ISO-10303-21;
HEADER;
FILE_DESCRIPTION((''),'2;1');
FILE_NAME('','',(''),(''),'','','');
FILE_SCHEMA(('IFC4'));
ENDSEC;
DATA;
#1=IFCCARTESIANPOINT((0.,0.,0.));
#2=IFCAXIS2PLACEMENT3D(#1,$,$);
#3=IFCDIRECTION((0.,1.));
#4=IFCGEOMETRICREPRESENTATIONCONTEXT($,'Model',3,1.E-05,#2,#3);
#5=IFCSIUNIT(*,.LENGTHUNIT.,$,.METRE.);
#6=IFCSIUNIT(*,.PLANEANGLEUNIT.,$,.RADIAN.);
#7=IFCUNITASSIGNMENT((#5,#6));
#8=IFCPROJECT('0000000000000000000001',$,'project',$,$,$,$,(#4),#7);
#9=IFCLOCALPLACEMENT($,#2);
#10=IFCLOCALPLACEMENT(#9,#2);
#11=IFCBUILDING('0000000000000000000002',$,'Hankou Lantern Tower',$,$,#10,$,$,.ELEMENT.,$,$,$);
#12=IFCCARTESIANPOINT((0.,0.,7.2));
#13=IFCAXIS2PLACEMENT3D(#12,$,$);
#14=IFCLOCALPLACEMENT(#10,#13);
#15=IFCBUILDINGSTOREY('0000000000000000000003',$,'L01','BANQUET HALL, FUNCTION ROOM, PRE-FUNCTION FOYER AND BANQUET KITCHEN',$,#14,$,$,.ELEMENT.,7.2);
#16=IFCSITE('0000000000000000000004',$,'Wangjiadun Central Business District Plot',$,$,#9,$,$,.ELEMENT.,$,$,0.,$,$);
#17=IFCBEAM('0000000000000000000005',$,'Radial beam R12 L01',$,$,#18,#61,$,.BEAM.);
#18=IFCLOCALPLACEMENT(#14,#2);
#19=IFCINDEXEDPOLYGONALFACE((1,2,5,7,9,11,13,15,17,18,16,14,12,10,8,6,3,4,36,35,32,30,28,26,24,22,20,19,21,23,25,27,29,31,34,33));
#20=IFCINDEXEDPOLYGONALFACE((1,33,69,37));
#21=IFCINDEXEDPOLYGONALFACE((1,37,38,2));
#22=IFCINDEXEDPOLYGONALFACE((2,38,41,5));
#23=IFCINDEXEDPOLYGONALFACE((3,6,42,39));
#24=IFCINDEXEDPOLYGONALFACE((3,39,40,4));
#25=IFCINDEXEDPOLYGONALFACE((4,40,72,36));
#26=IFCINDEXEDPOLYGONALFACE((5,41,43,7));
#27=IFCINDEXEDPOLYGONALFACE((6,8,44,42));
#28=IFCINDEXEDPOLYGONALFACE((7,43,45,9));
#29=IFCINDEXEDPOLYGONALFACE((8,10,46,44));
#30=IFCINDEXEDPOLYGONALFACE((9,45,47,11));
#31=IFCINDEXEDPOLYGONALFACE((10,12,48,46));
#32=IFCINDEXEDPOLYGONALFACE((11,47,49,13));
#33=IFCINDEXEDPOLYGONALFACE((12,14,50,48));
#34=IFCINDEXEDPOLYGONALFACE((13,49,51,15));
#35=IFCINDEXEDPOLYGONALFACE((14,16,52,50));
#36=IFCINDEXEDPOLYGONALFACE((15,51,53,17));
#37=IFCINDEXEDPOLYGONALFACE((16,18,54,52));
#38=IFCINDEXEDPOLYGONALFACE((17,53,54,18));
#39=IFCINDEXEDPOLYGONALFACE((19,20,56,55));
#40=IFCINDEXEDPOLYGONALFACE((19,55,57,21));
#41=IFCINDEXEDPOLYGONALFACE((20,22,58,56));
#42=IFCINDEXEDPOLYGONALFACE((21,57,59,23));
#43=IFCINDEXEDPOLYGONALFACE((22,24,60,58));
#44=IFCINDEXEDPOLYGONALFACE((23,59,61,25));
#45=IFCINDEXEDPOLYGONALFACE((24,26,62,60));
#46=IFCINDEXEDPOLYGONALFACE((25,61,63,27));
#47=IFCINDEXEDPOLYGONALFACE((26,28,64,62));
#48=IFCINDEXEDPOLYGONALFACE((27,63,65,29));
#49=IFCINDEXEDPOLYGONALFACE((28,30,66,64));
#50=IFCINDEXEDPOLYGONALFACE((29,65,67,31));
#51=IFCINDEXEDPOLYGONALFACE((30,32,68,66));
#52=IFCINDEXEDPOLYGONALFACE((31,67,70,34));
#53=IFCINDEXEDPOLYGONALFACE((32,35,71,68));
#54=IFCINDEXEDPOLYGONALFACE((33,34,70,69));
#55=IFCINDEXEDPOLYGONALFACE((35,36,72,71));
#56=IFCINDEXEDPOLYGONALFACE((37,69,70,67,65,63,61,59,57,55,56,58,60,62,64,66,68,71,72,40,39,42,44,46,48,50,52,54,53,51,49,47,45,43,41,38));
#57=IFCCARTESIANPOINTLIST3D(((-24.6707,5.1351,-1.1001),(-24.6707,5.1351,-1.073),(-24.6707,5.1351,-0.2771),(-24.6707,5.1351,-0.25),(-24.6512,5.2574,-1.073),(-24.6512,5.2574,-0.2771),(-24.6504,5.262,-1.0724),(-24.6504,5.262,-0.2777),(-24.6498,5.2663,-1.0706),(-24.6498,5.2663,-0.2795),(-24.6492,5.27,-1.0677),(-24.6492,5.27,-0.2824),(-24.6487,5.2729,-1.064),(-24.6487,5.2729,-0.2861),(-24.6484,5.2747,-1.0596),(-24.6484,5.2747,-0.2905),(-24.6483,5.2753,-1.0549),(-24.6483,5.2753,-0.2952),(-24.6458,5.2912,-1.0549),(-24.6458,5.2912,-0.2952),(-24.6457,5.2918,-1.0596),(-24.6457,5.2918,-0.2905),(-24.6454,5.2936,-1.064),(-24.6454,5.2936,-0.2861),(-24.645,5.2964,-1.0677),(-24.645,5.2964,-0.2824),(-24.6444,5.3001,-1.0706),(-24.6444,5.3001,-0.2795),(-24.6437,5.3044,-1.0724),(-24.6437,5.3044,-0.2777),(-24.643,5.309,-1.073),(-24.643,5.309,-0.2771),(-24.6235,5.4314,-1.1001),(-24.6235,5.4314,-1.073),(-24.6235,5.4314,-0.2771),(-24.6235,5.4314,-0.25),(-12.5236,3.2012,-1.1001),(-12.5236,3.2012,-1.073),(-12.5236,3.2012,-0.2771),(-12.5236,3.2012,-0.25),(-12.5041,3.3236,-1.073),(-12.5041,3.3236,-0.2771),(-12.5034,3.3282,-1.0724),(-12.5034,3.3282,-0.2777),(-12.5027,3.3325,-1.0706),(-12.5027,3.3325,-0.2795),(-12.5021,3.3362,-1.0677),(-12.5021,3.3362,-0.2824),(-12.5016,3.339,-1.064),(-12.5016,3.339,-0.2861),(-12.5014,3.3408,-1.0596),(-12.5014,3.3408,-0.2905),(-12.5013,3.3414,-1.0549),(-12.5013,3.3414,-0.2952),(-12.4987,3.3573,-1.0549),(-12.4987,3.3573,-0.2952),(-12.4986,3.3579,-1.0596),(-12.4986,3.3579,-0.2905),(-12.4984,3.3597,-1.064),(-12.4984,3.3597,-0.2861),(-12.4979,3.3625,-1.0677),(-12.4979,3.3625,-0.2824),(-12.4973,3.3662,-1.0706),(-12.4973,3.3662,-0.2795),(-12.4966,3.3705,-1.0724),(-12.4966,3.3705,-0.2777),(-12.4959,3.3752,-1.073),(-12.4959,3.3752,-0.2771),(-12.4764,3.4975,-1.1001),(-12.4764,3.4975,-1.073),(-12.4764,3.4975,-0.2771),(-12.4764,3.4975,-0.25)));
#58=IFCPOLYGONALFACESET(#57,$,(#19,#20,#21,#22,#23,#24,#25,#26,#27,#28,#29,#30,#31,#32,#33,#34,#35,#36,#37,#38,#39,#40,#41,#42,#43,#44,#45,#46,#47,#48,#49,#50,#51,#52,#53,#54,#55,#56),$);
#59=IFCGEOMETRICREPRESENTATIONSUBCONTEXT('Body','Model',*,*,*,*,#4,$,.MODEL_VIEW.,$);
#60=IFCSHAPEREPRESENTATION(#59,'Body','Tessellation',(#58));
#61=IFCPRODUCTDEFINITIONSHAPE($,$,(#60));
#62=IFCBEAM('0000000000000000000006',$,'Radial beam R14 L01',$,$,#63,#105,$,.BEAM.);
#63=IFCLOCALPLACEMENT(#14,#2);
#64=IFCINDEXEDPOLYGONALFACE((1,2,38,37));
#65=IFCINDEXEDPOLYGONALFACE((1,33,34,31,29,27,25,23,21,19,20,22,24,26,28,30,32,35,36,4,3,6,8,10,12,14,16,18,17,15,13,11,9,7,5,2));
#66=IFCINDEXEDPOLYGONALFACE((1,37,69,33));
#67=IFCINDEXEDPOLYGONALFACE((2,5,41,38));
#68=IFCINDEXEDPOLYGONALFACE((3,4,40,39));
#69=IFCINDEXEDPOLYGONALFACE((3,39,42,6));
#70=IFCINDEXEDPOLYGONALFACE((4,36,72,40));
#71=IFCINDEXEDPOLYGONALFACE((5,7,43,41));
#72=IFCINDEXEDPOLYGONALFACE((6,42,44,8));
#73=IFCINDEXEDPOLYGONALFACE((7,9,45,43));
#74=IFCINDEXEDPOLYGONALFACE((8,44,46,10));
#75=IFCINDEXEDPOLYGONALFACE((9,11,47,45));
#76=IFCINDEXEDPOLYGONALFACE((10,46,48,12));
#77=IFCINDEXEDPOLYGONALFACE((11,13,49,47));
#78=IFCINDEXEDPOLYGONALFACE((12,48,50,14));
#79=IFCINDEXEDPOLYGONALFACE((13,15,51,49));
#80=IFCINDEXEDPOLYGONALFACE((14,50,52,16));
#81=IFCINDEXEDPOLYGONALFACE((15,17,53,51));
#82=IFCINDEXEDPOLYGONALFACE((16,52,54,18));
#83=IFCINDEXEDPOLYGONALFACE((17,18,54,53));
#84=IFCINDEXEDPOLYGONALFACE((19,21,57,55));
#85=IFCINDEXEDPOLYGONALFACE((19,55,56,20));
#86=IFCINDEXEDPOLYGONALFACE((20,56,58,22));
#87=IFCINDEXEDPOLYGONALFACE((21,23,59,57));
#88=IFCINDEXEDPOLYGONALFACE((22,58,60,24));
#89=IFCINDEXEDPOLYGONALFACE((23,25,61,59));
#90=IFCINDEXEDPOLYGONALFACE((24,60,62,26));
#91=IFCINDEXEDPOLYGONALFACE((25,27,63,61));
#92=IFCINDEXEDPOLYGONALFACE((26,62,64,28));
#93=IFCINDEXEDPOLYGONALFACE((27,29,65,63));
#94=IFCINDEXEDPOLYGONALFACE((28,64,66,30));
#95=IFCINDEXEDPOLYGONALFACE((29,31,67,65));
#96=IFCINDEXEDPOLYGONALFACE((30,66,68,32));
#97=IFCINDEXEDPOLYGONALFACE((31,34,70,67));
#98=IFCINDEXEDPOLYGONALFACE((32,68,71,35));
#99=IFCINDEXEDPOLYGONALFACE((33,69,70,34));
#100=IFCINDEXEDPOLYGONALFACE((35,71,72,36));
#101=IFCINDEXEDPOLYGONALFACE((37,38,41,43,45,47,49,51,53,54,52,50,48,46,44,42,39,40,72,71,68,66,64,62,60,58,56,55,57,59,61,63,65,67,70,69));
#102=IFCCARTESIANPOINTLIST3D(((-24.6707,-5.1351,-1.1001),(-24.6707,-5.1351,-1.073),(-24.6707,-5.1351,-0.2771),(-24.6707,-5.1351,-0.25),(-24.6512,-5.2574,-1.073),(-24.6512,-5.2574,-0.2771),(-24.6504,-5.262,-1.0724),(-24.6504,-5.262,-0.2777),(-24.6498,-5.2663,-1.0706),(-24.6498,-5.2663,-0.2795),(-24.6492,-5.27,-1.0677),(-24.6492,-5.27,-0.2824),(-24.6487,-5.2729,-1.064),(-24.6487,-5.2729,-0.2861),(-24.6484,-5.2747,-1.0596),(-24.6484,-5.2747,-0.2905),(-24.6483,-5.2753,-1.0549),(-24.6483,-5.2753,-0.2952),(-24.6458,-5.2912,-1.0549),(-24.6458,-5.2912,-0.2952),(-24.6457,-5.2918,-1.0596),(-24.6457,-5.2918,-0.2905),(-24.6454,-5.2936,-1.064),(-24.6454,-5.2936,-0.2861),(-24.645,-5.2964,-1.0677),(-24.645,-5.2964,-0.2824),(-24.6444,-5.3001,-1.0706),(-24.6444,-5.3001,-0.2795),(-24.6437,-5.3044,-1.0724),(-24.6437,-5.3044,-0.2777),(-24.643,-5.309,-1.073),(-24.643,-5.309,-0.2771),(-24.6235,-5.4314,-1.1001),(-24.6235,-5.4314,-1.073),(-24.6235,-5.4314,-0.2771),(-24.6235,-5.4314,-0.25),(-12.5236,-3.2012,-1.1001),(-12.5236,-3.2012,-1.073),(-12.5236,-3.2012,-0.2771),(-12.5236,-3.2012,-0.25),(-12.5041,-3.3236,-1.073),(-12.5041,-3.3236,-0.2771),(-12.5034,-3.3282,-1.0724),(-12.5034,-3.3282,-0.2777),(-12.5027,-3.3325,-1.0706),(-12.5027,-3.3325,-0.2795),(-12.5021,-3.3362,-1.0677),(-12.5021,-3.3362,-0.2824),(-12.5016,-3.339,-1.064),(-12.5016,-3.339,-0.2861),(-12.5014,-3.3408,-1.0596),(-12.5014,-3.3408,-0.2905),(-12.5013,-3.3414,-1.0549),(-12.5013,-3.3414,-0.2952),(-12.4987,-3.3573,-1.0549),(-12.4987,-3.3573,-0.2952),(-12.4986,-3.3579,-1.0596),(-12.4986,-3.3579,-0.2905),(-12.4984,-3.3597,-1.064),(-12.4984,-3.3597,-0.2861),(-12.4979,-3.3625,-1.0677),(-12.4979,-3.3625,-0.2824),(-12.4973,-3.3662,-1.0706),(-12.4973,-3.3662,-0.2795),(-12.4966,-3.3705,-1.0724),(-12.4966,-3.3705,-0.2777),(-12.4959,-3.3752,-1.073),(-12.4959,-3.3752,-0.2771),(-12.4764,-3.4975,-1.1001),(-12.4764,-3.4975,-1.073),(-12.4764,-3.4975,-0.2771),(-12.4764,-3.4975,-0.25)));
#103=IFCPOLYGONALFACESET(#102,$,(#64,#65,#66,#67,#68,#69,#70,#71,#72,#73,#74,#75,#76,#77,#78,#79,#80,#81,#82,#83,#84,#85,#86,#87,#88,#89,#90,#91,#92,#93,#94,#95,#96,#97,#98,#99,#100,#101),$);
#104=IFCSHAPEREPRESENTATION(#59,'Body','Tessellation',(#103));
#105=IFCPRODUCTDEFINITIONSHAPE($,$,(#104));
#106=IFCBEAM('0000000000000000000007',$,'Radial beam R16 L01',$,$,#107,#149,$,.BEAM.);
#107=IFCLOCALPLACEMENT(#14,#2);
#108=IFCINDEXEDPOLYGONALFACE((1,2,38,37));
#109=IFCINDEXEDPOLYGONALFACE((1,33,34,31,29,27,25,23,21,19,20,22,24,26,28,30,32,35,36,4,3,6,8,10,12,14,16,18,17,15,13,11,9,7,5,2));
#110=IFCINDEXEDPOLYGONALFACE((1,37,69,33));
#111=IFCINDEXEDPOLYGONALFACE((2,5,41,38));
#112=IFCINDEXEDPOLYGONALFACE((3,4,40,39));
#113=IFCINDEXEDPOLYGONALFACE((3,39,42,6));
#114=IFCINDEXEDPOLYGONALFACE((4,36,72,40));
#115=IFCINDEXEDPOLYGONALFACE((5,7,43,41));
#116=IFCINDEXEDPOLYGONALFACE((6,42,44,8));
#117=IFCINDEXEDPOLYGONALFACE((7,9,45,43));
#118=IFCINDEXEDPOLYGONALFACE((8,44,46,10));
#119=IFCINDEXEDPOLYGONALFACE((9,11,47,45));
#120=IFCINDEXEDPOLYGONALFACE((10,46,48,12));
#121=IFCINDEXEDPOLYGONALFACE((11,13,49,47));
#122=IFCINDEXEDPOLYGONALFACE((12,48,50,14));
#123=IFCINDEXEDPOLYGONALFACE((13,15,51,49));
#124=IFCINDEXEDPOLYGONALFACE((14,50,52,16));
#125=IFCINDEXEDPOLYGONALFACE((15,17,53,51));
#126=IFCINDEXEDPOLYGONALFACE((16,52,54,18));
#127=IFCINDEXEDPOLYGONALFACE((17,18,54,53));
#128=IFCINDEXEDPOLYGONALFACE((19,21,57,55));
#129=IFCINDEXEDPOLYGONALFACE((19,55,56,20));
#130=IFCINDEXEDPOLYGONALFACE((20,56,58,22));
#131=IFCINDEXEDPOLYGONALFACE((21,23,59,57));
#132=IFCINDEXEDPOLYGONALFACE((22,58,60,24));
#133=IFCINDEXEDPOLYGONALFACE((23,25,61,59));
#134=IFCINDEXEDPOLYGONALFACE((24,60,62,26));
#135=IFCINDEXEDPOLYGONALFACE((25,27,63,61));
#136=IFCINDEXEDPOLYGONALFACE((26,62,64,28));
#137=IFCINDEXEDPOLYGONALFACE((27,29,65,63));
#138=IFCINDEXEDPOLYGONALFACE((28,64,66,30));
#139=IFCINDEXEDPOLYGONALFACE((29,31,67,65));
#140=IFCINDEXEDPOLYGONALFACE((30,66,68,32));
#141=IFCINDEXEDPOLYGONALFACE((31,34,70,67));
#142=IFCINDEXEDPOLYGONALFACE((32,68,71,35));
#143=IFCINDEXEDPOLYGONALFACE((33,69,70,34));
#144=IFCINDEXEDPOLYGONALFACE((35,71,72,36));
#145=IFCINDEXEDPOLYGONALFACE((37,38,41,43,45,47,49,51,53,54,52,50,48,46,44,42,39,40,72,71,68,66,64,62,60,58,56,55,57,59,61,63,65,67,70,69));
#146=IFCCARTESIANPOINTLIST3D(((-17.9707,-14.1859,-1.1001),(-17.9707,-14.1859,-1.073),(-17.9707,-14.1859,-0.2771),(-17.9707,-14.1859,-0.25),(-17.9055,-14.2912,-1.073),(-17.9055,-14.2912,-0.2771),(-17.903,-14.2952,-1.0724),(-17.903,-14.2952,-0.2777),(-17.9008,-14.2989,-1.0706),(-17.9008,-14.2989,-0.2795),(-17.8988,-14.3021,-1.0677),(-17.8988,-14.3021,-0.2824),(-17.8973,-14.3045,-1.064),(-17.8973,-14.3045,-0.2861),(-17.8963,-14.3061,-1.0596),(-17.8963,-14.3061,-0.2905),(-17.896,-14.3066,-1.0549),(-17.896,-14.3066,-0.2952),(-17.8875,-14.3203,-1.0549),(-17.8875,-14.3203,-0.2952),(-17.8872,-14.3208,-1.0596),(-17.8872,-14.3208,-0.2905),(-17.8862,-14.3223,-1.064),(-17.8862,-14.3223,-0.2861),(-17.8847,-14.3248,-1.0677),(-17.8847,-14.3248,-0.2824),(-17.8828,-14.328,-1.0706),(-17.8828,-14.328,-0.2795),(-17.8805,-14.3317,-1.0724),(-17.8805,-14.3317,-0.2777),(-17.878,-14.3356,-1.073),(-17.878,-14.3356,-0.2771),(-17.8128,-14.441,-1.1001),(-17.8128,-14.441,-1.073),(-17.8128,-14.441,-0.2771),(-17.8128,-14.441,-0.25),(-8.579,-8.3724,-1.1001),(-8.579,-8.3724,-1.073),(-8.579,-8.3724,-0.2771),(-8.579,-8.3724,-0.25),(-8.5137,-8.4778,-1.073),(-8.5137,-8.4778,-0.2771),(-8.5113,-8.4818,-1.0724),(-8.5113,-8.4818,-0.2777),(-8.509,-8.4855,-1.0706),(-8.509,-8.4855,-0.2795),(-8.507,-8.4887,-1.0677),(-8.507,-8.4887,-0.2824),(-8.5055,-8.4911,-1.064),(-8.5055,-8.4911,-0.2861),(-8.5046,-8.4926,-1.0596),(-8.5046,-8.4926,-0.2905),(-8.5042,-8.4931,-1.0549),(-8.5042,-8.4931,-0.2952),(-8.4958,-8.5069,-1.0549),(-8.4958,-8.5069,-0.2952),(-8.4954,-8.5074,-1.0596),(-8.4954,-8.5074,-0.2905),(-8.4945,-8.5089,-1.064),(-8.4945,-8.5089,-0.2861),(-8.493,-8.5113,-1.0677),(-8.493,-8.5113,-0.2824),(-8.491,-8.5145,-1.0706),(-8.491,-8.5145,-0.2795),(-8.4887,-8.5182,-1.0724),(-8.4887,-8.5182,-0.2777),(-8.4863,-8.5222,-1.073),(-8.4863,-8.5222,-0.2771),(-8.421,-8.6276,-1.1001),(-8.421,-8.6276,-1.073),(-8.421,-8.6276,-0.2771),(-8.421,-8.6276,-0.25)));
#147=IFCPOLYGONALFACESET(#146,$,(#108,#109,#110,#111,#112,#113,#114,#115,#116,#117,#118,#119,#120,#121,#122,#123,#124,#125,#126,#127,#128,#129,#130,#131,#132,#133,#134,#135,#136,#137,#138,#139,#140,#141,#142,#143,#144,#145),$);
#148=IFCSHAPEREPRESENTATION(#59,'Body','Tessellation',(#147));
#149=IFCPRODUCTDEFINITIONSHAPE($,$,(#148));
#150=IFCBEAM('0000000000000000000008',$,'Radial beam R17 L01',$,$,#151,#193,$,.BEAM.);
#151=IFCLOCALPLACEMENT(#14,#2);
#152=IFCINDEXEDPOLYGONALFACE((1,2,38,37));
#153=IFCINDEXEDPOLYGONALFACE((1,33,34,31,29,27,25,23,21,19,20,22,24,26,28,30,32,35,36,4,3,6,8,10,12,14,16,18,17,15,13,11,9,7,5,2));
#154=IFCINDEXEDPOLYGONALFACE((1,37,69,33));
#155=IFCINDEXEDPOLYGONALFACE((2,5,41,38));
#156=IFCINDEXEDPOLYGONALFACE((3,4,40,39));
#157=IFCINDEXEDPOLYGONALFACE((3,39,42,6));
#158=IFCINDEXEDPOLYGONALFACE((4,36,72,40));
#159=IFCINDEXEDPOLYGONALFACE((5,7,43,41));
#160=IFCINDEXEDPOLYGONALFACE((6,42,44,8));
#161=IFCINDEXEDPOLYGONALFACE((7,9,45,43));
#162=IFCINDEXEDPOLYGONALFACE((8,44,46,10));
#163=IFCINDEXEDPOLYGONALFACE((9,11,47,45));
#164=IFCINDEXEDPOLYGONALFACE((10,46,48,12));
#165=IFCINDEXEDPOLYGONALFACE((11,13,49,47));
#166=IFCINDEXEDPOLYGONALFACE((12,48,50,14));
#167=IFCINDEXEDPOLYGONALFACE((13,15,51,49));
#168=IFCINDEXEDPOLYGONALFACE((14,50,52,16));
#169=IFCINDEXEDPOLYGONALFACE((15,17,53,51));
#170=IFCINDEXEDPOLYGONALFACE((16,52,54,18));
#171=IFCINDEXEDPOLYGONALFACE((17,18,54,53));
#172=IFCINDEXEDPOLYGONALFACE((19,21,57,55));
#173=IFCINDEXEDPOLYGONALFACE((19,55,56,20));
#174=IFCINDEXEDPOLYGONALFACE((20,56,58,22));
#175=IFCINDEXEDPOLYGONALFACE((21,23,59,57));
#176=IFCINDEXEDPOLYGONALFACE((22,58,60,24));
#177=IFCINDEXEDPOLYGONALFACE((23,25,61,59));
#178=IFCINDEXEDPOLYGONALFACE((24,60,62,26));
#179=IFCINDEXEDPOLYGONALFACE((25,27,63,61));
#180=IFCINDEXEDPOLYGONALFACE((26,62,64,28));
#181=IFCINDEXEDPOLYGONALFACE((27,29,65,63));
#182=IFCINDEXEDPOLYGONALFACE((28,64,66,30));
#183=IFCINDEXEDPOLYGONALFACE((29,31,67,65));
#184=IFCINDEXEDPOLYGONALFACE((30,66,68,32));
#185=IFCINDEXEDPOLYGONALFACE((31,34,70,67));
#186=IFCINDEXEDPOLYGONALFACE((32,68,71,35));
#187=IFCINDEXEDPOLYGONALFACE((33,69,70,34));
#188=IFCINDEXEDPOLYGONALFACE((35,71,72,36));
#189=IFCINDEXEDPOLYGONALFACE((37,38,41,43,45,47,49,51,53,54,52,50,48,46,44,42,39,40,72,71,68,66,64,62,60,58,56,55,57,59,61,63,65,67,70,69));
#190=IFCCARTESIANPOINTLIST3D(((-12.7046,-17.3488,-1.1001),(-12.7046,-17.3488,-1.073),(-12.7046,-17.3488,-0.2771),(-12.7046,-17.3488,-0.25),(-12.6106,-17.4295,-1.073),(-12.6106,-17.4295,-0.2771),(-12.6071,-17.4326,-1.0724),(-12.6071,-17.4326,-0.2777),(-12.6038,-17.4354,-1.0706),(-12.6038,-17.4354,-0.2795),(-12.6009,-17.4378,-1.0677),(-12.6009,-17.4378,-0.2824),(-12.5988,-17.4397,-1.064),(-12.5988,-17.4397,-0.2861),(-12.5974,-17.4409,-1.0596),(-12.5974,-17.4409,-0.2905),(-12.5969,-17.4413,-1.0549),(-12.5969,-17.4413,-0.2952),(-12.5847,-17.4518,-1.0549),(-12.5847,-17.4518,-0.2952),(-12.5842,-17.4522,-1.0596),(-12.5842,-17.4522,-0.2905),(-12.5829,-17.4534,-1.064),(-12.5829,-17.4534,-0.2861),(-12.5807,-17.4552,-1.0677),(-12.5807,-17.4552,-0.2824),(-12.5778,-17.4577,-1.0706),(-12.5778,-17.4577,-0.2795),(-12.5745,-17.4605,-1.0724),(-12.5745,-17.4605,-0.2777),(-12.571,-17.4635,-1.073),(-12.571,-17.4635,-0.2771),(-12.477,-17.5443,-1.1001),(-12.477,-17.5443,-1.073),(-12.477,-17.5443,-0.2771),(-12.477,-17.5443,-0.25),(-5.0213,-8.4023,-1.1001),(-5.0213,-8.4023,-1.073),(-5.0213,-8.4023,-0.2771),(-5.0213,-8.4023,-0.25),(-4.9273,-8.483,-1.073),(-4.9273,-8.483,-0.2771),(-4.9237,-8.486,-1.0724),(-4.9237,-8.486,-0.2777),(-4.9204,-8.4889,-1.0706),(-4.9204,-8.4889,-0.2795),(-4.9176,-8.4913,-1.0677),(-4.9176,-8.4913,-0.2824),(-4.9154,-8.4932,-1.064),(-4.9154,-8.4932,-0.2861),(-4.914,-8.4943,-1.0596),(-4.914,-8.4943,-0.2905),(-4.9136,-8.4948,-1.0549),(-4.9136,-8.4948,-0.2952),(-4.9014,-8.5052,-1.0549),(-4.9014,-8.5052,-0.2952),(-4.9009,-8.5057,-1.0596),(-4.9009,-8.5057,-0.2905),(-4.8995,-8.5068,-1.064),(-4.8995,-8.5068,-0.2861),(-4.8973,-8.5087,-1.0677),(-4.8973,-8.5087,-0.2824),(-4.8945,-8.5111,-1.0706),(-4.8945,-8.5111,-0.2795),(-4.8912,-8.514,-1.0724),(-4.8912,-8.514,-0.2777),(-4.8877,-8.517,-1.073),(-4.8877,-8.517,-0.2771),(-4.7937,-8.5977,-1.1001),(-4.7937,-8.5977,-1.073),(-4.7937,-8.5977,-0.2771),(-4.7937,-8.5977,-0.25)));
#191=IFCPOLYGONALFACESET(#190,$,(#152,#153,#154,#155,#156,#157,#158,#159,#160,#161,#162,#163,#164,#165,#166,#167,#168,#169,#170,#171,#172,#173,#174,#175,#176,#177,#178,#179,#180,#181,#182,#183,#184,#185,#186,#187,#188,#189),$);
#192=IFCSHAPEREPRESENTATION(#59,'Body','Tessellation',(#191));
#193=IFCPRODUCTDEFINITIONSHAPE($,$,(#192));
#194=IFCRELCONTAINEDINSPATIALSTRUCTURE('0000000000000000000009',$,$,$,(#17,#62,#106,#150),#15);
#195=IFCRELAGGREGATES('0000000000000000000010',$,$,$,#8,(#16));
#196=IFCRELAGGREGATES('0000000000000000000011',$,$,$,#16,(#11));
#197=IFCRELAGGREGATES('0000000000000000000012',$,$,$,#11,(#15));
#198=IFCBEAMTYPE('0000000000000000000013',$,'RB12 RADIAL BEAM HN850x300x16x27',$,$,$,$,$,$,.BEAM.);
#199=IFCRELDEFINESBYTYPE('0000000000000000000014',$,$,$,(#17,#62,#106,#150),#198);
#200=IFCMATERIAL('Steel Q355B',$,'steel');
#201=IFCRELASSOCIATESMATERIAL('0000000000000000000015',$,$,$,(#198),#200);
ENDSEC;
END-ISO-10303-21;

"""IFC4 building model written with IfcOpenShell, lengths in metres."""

from ifc_helpers import new_model, si_unit, direction, frame, origin, origin_2d, place, context, subcontext, project, spatial, i_section, extrude, material, material_profile, profile_set, type_object, element, save


model = new_model("IFC4")

# Units and contexts
model_context = context("Model", 3, precision=1e-05, world=origin(), true_north=direction((0.0, 1.0)))
body_context = subcontext(model_context, "Body", "Model", "MODEL_VIEW")
ifc_project = project(units=[si_unit("LENGTHUNIT", "METRE"), si_unit("PLANEANGLEUNIT", "RADIAN")], contexts=[model_context])

# Site, building, storey
site_placement = place(None, origin())
site = spatial("IfcSite", under=ifc_project, at=site_placement, Name="Wangjiadun Central Business District Plot", CompositionType="ELEMENT", RefElevation=0.0)
building_placement = place(site_placement, origin())
building = spatial("IfcBuilding", under=site, at=building_placement, Name="Hankou Lantern Tower", CompositionType="ELEMENT")
storey_placement = place(building_placement, frame((0.0, 0.0, 7.2)))
storey = spatial("IfcBuildingStorey", under=building, at=storey_placement, Name="L01", Description="BANQUET HALL, FUNCTION ROOM, PRE-FUNCTION FOYER AND BANQUET KITCHEN", CompositionType="ELEMENT", Elevation=7.2)

# Beams
ifc_material_1 = material(Name="Steel Q355B", Category="steel")
ifc_material_profile_1 = material_profile(ifc_material_1, i_section(OverallWidth=0.3, OverallDepth=0.8501, WebThickness=0.0161, FlangeThickness=0.0271, FilletRadius=0.0181, at=origin_2d()), Name="HN850x300x16x27")
ifc_profile_set_1 = profile_set([ifc_material_profile_1], Name="Steel Q355B")
beam_type_1 = type_object("IfcBeamType", Name="RB12 RADIAL BEAM HN850x300x16x27", PredefinedType="BEAM", material=ifc_profile_set_1)
for number, where, z_axis, x_axis, name in (
    (1, (-12.5, 3.3494, -0.675), (-0.987563, 0.157223, 0.0), (-0.157223, -0.987563, 0.0), "Radial beam R12 L01"),
    (2, (-12.5, -3.3494, -0.675), (-0.987563, -0.157223, 0.0), (0.157223, -0.987563, 0.0), "Radial beam R14 L01"),
):
    element("IfcBeam", number, at=place(storey_placement, frame(where, z_axis=z_axis, x_axis=x_axis)), inside=storey, type_object=beam_type_1, Name=name, PredefinedType="BEAM", context=body_context, shape_type="SweptSolid", body=[
        extrude(i_section(OverallWidth=0.3, OverallDepth=0.8501, WebThickness=0.0161, FlangeThickness=0.0271, FilletRadius=0.0181, at=origin_2d()), origin(), (0.0, 0.0, 1.0), 12.3),
    ])
beam_1_placement = place(storey_placement, frame((-8.5, -8.5, -0.675), z_axis=(-0.850286, -0.52632, 0.0), x_axis=(0.52632, -0.850286, 0.0)))
element("IfcBeam", 3, at=beam_1_placement, inside=storey, type_object=beam_type_1, Name="Radial beam R16 L01", PredefinedType="BEAM", context=body_context, shape_type="SweptSolid", body=[
    extrude(i_section(OverallWidth=0.3, OverallDepth=0.8501, WebThickness=0.0161, FlangeThickness=0.0271, FilletRadius=0.0181, at=origin_2d()), origin(), (0.0, 0.0, 1.0), 11.0454),
])
beam_2_placement = place(storey_placement, frame((-4.9075, -8.5, -0.675), z_axis=(-0.651519, -0.758632, 0.0), x_axis=(0.758632, -0.651519, 0.0)))
element("IfcBeam", 4, at=beam_2_placement, inside=storey, type_object=beam_type_1, Name="Radial beam R17 L01", PredefinedType="BEAM", context=body_context, shape_type="SweptSolid", body=[
    extrude(i_section(OverallWidth=0.3, OverallDepth=0.8501, WebThickness=0.0161, FlangeThickness=0.0271, FilletRadius=0.0181, at=origin_2d()), origin(), (0.0, 0.0, 1.0), 11.793),
])

save(model, "model.ifc")
